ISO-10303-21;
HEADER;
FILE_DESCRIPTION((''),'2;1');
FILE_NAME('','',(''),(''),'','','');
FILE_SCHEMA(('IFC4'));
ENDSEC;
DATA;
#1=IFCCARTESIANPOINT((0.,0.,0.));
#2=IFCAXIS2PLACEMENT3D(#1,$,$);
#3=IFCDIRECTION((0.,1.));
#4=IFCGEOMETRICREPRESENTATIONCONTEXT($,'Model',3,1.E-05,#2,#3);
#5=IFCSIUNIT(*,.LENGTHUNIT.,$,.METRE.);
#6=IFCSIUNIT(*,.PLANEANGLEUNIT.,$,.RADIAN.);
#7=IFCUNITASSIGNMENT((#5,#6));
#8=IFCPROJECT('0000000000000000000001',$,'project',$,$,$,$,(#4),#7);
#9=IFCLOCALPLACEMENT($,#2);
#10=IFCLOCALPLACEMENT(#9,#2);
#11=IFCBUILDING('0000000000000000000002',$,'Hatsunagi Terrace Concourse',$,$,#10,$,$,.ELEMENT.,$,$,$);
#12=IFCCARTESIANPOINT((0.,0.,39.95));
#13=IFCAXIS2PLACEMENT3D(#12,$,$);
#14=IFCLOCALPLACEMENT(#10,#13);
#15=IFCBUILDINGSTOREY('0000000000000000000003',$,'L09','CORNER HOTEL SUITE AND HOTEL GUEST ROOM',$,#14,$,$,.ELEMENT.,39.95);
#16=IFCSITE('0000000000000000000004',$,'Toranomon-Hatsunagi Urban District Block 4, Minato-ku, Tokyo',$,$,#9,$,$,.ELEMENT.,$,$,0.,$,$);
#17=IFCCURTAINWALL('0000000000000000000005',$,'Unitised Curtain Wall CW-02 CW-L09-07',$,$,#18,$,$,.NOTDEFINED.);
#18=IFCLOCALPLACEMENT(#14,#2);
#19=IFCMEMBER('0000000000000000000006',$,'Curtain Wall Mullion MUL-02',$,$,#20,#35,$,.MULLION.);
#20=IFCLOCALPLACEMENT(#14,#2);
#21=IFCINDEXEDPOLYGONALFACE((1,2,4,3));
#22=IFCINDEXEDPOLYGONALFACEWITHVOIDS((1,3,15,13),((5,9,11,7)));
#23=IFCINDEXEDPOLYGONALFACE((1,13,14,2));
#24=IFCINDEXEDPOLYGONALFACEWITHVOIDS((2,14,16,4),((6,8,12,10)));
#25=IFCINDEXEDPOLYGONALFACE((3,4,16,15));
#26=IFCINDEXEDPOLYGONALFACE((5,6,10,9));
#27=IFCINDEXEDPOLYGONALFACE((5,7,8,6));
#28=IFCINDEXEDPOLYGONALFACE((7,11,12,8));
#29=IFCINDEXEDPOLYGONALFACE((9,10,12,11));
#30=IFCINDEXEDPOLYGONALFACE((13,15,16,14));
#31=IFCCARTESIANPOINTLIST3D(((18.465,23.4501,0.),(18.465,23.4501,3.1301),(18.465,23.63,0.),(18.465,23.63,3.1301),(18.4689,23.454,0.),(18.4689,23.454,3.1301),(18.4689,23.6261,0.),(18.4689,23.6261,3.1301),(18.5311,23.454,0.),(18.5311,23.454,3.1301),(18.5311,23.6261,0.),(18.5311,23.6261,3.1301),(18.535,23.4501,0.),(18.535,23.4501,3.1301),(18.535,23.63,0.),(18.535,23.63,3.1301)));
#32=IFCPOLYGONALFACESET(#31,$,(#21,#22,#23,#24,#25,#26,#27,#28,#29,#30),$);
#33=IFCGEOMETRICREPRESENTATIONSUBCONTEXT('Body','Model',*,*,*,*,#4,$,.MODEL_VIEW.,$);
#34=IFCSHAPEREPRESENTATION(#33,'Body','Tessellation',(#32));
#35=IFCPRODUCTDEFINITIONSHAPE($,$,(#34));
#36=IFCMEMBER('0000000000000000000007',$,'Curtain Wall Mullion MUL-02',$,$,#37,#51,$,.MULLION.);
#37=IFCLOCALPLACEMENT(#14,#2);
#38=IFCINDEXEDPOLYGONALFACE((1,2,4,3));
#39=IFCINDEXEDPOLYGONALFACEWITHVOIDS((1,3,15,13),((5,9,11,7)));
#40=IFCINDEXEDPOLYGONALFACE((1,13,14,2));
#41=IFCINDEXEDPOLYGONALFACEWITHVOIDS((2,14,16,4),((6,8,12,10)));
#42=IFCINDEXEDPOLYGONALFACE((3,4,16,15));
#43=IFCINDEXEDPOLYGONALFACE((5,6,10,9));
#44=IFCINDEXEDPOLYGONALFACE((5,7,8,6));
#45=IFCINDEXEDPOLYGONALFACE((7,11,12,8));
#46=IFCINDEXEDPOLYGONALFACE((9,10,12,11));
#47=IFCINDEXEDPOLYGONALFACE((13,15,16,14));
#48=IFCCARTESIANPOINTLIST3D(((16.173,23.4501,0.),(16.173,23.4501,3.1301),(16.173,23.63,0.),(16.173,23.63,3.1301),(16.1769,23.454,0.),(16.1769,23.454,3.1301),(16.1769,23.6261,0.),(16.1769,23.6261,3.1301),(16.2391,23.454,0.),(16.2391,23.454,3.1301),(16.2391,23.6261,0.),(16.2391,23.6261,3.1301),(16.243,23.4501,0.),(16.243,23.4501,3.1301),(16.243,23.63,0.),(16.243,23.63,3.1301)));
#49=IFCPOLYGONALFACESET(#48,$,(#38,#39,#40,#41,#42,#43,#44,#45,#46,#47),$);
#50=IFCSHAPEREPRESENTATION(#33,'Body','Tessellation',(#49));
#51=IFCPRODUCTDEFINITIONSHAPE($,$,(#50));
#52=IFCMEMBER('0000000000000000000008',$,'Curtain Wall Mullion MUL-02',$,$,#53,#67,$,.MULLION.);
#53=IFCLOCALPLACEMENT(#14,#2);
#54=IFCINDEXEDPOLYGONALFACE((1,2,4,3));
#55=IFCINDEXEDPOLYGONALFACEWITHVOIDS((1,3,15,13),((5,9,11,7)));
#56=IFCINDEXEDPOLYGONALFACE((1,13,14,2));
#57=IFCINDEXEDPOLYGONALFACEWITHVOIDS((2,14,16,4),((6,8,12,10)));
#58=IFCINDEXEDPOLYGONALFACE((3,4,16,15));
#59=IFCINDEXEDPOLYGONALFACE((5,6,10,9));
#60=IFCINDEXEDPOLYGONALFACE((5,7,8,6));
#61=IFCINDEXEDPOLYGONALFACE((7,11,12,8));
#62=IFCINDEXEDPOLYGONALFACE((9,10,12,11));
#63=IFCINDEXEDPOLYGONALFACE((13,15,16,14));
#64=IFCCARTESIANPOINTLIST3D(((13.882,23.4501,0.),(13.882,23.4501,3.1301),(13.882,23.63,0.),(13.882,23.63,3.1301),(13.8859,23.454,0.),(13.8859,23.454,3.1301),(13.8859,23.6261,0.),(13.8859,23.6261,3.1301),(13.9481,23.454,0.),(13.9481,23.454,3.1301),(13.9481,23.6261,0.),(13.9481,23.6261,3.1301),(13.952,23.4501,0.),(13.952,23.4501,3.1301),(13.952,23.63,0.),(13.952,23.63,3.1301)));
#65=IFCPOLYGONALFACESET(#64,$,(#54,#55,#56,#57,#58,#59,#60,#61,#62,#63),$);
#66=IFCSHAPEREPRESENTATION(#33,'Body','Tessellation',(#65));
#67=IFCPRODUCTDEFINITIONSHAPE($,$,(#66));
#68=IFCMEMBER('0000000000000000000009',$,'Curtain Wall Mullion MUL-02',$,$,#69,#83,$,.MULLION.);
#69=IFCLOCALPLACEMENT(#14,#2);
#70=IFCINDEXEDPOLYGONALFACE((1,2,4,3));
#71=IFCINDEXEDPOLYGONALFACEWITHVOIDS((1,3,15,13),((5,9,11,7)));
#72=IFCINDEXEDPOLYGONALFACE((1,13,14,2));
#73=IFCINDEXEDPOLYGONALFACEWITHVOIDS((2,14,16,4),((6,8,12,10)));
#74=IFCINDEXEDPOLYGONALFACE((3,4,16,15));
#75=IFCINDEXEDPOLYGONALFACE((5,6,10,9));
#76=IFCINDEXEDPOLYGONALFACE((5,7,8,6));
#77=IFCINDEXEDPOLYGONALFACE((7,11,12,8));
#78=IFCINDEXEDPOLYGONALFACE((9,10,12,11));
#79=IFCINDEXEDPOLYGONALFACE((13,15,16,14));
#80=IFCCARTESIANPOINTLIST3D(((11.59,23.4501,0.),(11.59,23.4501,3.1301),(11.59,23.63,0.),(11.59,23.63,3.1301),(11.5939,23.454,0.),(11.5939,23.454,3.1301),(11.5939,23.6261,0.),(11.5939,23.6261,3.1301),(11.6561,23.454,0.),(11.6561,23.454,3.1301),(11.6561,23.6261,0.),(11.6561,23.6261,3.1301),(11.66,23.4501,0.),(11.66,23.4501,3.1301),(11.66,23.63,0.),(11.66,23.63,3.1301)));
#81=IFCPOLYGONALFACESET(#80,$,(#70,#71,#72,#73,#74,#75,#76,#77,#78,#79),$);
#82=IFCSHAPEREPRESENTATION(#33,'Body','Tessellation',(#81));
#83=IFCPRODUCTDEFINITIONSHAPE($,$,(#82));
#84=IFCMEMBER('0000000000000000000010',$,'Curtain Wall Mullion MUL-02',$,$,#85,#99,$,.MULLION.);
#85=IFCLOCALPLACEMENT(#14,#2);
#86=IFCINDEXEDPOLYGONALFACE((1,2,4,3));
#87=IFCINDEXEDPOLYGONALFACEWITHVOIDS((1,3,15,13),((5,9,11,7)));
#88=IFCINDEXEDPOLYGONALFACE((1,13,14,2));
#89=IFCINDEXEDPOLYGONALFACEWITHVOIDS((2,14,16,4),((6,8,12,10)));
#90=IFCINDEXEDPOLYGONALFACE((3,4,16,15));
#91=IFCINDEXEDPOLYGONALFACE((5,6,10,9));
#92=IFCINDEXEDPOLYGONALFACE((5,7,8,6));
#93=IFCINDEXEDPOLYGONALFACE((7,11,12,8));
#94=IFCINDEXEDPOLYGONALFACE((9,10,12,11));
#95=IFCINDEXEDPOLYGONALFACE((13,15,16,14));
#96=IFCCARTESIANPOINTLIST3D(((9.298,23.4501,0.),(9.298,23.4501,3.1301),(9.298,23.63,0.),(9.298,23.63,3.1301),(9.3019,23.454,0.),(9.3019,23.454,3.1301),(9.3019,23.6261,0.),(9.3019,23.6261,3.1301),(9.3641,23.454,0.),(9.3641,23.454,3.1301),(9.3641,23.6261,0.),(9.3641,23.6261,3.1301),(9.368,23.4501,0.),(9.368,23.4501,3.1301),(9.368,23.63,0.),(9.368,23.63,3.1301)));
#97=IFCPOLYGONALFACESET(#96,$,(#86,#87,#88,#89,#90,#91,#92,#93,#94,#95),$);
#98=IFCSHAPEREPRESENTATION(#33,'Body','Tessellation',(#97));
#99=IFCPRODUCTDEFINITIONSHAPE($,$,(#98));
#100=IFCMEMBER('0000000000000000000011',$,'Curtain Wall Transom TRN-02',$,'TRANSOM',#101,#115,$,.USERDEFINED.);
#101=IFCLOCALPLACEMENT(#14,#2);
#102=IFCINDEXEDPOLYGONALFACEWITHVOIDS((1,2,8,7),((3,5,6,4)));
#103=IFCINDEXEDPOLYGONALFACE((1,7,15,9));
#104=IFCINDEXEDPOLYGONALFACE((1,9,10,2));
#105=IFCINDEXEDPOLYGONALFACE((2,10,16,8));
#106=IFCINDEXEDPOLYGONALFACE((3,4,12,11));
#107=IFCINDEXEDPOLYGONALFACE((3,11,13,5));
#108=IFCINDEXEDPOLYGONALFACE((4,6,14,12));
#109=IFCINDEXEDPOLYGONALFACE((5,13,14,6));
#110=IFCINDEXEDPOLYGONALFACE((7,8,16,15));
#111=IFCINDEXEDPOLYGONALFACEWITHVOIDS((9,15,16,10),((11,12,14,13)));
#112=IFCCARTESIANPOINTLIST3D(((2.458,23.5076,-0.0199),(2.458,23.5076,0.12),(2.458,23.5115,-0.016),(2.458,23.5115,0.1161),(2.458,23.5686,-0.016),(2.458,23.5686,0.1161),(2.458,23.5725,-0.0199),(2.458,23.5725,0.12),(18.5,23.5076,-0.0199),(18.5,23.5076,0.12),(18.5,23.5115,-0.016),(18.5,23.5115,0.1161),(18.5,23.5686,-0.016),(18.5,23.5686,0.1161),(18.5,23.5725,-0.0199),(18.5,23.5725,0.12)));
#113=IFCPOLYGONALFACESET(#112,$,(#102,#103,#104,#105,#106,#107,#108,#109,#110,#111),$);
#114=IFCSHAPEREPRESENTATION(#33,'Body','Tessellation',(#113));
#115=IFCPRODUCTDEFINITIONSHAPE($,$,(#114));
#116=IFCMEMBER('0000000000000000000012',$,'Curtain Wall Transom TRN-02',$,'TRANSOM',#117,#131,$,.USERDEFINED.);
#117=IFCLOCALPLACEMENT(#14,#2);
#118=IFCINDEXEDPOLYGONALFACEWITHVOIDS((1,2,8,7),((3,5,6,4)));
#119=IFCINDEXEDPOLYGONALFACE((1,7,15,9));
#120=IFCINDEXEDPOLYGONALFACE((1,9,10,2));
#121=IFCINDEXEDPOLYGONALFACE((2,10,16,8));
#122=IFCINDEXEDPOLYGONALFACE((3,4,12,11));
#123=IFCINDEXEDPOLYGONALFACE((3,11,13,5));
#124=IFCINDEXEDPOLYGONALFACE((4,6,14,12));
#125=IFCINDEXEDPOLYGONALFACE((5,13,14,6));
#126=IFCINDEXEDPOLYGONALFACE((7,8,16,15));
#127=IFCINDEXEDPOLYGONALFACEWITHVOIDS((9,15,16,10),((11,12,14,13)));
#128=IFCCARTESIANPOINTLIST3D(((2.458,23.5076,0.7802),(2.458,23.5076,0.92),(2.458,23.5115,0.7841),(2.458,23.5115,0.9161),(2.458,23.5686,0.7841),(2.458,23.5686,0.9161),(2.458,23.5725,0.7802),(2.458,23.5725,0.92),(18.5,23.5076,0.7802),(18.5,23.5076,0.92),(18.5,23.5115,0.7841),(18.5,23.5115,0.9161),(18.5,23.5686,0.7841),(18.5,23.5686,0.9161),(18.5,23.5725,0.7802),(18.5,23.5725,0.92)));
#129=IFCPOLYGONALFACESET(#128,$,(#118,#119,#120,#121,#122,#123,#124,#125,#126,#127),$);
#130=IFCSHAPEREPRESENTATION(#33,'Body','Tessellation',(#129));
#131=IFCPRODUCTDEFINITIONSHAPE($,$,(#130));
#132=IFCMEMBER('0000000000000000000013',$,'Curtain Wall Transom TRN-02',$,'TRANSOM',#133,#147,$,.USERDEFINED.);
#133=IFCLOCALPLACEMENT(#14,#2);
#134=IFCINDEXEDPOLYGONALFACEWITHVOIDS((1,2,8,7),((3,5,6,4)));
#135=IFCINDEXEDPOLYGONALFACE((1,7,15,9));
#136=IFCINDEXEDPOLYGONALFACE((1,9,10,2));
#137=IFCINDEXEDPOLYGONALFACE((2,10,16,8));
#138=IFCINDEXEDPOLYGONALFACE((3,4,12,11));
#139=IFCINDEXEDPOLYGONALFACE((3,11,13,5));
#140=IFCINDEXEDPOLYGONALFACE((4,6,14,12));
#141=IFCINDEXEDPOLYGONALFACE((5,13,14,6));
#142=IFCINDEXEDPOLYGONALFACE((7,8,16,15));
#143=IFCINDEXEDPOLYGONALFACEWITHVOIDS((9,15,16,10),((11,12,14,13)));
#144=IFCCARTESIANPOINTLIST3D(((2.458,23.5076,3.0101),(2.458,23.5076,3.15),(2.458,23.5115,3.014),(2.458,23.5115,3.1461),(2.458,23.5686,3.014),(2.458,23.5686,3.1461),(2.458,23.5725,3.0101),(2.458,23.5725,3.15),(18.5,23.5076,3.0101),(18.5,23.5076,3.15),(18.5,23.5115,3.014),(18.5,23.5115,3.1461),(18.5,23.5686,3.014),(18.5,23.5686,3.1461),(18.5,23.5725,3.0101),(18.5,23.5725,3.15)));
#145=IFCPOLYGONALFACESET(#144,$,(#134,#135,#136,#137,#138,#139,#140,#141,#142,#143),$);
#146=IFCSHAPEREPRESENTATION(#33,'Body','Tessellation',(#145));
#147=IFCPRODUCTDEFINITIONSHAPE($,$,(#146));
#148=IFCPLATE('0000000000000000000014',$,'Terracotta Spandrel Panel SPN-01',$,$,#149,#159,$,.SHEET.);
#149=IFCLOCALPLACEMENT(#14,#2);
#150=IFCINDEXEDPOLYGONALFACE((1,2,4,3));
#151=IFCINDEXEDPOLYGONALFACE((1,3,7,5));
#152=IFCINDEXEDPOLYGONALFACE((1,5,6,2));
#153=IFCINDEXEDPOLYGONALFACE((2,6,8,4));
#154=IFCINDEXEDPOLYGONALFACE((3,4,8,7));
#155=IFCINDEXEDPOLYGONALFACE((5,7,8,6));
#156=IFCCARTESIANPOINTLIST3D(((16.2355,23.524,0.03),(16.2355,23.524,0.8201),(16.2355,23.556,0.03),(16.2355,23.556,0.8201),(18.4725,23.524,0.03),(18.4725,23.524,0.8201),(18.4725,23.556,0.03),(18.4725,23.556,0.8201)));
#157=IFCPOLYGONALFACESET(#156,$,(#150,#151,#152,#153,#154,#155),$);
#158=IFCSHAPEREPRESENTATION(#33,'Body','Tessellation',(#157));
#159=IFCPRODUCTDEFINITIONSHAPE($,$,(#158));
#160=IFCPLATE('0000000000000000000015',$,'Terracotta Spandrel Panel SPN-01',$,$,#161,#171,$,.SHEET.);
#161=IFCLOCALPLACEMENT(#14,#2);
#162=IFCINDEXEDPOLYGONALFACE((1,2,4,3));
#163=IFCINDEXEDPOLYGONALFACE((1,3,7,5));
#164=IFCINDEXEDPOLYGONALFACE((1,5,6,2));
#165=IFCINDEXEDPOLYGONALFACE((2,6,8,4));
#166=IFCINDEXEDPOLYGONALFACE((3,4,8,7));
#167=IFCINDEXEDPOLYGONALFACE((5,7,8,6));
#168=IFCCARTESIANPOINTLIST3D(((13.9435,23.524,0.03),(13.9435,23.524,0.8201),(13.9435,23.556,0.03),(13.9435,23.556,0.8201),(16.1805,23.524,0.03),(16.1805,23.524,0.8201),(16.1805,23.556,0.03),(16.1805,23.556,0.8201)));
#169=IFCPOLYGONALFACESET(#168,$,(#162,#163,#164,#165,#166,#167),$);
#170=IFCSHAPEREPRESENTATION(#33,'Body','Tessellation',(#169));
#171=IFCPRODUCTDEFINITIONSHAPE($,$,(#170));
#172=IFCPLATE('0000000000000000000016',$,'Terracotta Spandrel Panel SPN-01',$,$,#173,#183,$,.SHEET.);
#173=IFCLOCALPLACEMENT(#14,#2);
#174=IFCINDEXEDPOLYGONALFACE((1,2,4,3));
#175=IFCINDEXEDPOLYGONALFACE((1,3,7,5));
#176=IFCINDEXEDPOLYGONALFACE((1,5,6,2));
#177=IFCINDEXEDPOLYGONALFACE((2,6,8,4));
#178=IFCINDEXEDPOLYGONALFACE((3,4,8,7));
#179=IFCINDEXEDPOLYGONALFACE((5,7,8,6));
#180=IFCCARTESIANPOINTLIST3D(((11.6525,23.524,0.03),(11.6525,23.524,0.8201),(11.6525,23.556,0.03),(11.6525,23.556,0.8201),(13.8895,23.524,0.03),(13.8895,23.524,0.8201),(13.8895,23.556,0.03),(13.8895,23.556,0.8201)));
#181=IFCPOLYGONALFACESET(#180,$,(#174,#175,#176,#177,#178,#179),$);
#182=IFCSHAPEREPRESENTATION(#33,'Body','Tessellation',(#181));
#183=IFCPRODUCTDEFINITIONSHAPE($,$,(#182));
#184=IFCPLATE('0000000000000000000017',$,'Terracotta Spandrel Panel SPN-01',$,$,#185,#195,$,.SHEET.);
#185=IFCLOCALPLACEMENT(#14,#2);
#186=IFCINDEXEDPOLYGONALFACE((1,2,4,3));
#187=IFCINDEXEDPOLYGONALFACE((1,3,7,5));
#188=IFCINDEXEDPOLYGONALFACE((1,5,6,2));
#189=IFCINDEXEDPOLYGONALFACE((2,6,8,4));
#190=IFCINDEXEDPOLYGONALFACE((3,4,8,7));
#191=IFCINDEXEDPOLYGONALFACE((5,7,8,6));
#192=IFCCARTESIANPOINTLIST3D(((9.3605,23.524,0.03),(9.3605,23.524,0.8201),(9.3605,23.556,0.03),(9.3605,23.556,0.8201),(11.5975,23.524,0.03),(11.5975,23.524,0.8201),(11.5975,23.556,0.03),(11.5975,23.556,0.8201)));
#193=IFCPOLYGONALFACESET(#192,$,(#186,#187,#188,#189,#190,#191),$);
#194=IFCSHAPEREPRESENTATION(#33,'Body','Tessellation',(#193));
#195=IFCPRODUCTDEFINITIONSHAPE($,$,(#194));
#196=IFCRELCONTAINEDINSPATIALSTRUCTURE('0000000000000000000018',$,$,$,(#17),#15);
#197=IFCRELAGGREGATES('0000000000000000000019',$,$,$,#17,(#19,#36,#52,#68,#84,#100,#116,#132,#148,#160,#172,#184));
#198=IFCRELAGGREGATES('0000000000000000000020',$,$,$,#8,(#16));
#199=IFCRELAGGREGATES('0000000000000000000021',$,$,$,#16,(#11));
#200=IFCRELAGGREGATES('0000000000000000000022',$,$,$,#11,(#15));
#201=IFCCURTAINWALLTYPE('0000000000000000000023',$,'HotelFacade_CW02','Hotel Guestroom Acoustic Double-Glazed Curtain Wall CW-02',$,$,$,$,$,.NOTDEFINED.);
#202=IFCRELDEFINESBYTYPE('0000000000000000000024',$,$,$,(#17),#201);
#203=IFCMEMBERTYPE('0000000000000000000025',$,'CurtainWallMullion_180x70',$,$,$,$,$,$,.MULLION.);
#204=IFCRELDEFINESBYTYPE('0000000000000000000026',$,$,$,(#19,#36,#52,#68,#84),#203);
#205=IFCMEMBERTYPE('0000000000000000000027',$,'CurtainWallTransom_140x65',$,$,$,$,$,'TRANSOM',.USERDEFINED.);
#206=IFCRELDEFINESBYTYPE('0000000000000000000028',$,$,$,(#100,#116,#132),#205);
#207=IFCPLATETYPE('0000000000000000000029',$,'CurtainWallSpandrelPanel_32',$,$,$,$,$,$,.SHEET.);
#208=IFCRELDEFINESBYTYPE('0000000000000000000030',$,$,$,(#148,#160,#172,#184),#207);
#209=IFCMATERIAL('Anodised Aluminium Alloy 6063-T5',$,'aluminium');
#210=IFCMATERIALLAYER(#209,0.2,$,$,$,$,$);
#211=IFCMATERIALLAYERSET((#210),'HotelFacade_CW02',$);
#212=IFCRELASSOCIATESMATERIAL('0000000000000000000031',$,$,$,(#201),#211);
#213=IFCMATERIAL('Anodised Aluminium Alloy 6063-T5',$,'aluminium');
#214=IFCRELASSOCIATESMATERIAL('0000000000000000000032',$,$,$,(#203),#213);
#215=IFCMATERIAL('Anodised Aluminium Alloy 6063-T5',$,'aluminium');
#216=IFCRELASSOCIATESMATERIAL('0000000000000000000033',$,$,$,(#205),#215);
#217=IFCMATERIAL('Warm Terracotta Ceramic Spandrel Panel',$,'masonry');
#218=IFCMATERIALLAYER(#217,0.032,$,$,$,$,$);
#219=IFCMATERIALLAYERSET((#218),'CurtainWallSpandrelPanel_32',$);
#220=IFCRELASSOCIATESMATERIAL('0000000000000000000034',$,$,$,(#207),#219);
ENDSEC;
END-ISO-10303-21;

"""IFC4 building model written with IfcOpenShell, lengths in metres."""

from ifc_helpers import new_model, si_unit, direction, frame, origin, origin_2d, place, context, subcontext, project, spatial, rectangle, hollow_rectangle, extrude, material, layer, layer_set, material_profile, profile_set, type_object, element, aggregate, save


model = new_model("IFC4")

# Units and contexts
model_context = context("Model", 3, precision=1e-05, world=origin(), true_north=direction((0.0, 1.0)))
body_context = subcontext(model_context, "Body", "Model", "MODEL_VIEW")
ifc_project = project(units=[si_unit("LENGTHUNIT", "METRE"), si_unit("PLANEANGLEUNIT", "RADIAN")], contexts=[model_context])

# Site, building, storey
site_placement = place(None, origin())
site = spatial("IfcSite", under=ifc_project, at=site_placement, Name="Toranomon-Hatsunagi Urban District Block 4, Minato-ku, Tokyo", CompositionType="ELEMENT", RefElevation=0.0)
building_placement = place(site_placement, origin())
building = spatial("IfcBuilding", under=site, at=building_placement, Name="Hatsunagi Terrace Concourse", CompositionType="ELEMENT")
storey_placement = place(building_placement, frame((0.0, 0.0, 39.95)))
storey = spatial("IfcBuildingStorey", under=building, at=storey_placement, Name="L09", Description="CORNER HOTEL SUITE AND HOTEL GUEST ROOM", CompositionType="ELEMENT", Elevation=39.95)

# Curtain wall, members, plates
ifc_material_1 = material(Name="Anodised Aluminium Alloy 6063-T5", Category="aluminium")
ifc_layer_1 = layer(ifc_material_1, 0.2)
ifc_layer_set_1 = layer_set([ifc_layer_1], Name="HotelFacade_CW02")
curtain_wall_type = type_object("IfcCurtainWallType", Name="HotelFacade_CW02", Description="Hotel Guestroom Acoustic Double-Glazed Curtain Wall CW-02", PredefinedType="NOTDEFINED", material=ifc_layer_set_1)
curtain_wall_placement = place(storey_placement, origin())
curtain_wall = element("IfcCurtainWall", 1, at=curtain_wall_placement, inside=storey, type_object=curtain_wall_type, Name="Unitised Curtain Wall CW-02 CW-L09-07", PredefinedType="NOTDEFINED")
ifc_material_2 = material(Name="Anodised Aluminium Alloy 6063-T5", Category="aluminium")
ifc_material_profile_1 = material_profile(ifc_material_2, hollow_rectangle(XDim=0.0701, YDim=0.1799, WallThickness=0.0039, at=origin_2d()), Name="ALU-MUL-180x70x4")
ifc_profile_set_1 = profile_set([ifc_material_profile_1], Name="Anodised Aluminium Alloy 6063-T5")
member_type_1 = type_object("IfcMemberType", Name="CurtainWallMullion_180x70", PredefinedType="MULLION", material=ifc_profile_set_1)
member_1_placement = place(storey_placement, frame((18.5, 23.54, 0.0), z_axis=(0.0, 0.0, 1.0), x_axis=(-1.0, 0.0, 0.0)))
member_1 = element("IfcMember", 2, at=member_1_placement, type_object=member_type_1, Name="Curtain Wall Mullion MUL-02", PredefinedType="MULLION", context=body_context, shape_type="SweptSolid", body=[
    extrude(hollow_rectangle(XDim=0.0701, YDim=0.1799, WallThickness=0.0039, at=origin_2d()), origin(), (0.0, 0.0, 1.0), 3.1301),
])
member_2_placement = place(storey_placement, frame((16.208, 23.54, 0.0), z_axis=(0.0, 0.0, 1.0), x_axis=(-1.0, 0.0, 0.0)))
member_2 = element("IfcMember", 3, at=member_2_placement, type_object=member_type_1, Name="Curtain Wall Mullion MUL-02", PredefinedType="MULLION", context=body_context, shape_type="SweptSolid", body=[
    extrude(hollow_rectangle(XDim=0.0701, YDim=0.1799, WallThickness=0.0039, at=origin_2d()), origin(), (0.0, 0.0, 1.0), 3.1301),
])
member_3_placement = place(storey_placement, frame((13.917, 23.54, 0.0), z_axis=(0.0, 0.0, 1.0), x_axis=(-1.0, 0.0, 0.0)))
member_3 = element("IfcMember", 4, at=member_3_placement, type_object=member_type_1, Name="Curtain Wall Mullion MUL-02", PredefinedType="MULLION", context=body_context, shape_type="SweptSolid", body=[
    extrude(hollow_rectangle(XDim=0.0701, YDim=0.1799, WallThickness=0.0039, at=origin_2d()), origin(), (0.0, 0.0, 1.0), 3.1301),
])
member_4_placement = place(storey_placement, frame((11.625, 23.54, 0.0), z_axis=(0.0, 0.0, 1.0), x_axis=(-1.0, 0.0, 0.0)))
member_4 = element("IfcMember", 5, at=member_4_placement, type_object=member_type_1, Name="Curtain Wall Mullion MUL-02", PredefinedType="MULLION", context=body_context, shape_type="SweptSolid", body=[
    extrude(hollow_rectangle(XDim=0.0701, YDim=0.1799, WallThickness=0.0039, at=origin_2d()), origin(), (0.0, 0.0, 1.0), 3.1301),
])
member_5_placement = place(storey_placement, frame((9.333, 23.54, 0.0), z_axis=(0.0, 0.0, 1.0), x_axis=(-1.0, 0.0, 0.0)))
member_5 = element("IfcMember", 6, at=member_5_placement, type_object=member_type_1, Name="Curtain Wall Mullion MUL-02", PredefinedType="MULLION", context=body_context, shape_type="SweptSolid", body=[
    extrude(hollow_rectangle(XDim=0.0701, YDim=0.1799, WallThickness=0.0039, at=origin_2d()), origin(), (0.0, 0.0, 1.0), 3.1301),
])
ifc_material_3 = material(Name="Anodised Aluminium Alloy 6063-T5", Category="aluminium")
ifc_material_profile_2 = material_profile(ifc_material_3, hollow_rectangle(XDim=0.0649, YDim=0.1399, WallThickness=0.0039, at=origin_2d()), Name="ALU-TRN-140x65x4")
ifc_profile_set_2 = profile_set([ifc_material_profile_2], Name="Anodised Aluminium Alloy 6063-T5")
member_type_2 = type_object("IfcMemberType", Name="CurtainWallTransom_140x65", ElementType="TRANSOM", PredefinedType="USERDEFINED", material=ifc_profile_set_2)
member_6_placement = place(storey_placement, frame((18.5, 23.54, 0.05), z_axis=(-1.0, 0.0, 0.0), x_axis=(0.0, -1.0, 0.0)))
member_6 = element("IfcMember", 7, at=member_6_placement, type_object=member_type_2, Name="Curtain Wall Transom TRN-02", ObjectType="TRANSOM", PredefinedType="USERDEFINED", context=body_context, shape_type="SweptSolid", body=[
    extrude(hollow_rectangle(XDim=0.0649, YDim=0.1399, WallThickness=0.0039, at=origin_2d()), origin(), (0.0, 0.0, 1.0), 16.042),
])
member_7_placement = place(storey_placement, frame((18.5, 23.54, 0.8501), z_axis=(-1.0, 0.0, 0.0), x_axis=(0.0, -1.0, 0.0)))
member_7 = element("IfcMember", 8, at=member_7_placement, type_object=member_type_2, Name="Curtain Wall Transom TRN-02", ObjectType="TRANSOM", PredefinedType="USERDEFINED", context=body_context, shape_type="SweptSolid", body=[
    extrude(hollow_rectangle(XDim=0.0649, YDim=0.1399, WallThickness=0.0039, at=origin_2d()), origin(), (0.0, 0.0, 1.0), 16.042),
])
member_8_placement = place(storey_placement, frame((18.5, 23.54, 3.0801), z_axis=(-1.0, 0.0, 0.0), x_axis=(0.0, -1.0, 0.0)))
member_8 = element("IfcMember", 9, at=member_8_placement, type_object=member_type_2, Name="Curtain Wall Transom TRN-02", ObjectType="TRANSOM", PredefinedType="USERDEFINED", context=body_context, shape_type="SweptSolid", body=[
    extrude(hollow_rectangle(XDim=0.0649, YDim=0.1399, WallThickness=0.0039, at=origin_2d()), origin(), (0.0, 0.0, 1.0), 16.042),
])
ifc_material_4 = material(Name="Warm Terracotta Ceramic Spandrel Panel", Category="masonry")
ifc_layer_2 = layer(ifc_material_4, 0.032)
ifc_layer_set_2 = layer_set([ifc_layer_2], Name="CurtainWallSpandrelPanel_32")
plate_type_1 = type_object("IfcPlateType", Name="CurtainWallSpandrelPanel_32", PredefinedType="SHEET", material=ifc_layer_set_2)
plate_1_placement = place(storey_placement, frame((17.354, 23.54, 0.03), z_axis=(0.0, 0.0, 1.0), x_axis=(-1.0, 0.0, 0.0)))
plate_1 = element("IfcPlate", 10, at=plate_1_placement, type_object=plate_type_1, Name="Terracotta Spandrel Panel SPN-01", PredefinedType="SHEET", context=body_context, shape_type="SweptSolid", body=[
    extrude(rectangle(XDim=2.2371, YDim=0.032, at=origin_2d()), origin(), (0.0, 0.0, 1.0), 0.79),
])
plate_2_placement = place(storey_placement, frame((15.062, 23.54, 0.03), z_axis=(0.0, 0.0, 1.0), x_axis=(-1.0, 0.0, 0.0)))
plate_2 = element("IfcPlate", 11, at=plate_2_placement, type_object=plate_type_1, Name="Terracotta Spandrel Panel SPN-01", PredefinedType="SHEET", context=body_context, shape_type="SweptSolid", body=[
    extrude(rectangle(XDim=2.2371, YDim=0.032, at=origin_2d()), origin(), (0.0, 0.0, 1.0), 0.79),
])
plate_3_placement = place(storey_placement, frame((12.771, 23.54, 0.03), z_axis=(0.0, 0.0, 1.0), x_axis=(-1.0, 0.0, 0.0)))
plate_3 = element("IfcPlate", 12, at=plate_3_placement, type_object=plate_type_1, Name="Terracotta Spandrel Panel SPN-01", PredefinedType="SHEET", context=body_context, shape_type="SweptSolid", body=[
    extrude(rectangle(XDim=2.2371, YDim=0.032, at=origin_2d()), origin(), (0.0, 0.0, 1.0), 0.79),
])
plate_4_placement = place(storey_placement, frame((10.479, 23.54, 0.03), z_axis=(0.0, 0.0, 1.0), x_axis=(-1.0, 0.0, 0.0)))
plate_4 = element("IfcPlate", 13, at=plate_4_placement, type_object=plate_type_1, Name="Terracotta Spandrel Panel SPN-01", PredefinedType="SHEET", context=body_context, shape_type="SweptSolid", body=[
    extrude(rectangle(XDim=2.2371, YDim=0.032, at=origin_2d()), origin(), (0.0, 0.0, 1.0), 0.79),
])
aggregate(curtain_wall, [member_1, member_2, member_3, member_4, member_5, member_6, member_7, member_8, plate_1, plate_2, plate_3, plate_4])

save(model, "model.ifc")
